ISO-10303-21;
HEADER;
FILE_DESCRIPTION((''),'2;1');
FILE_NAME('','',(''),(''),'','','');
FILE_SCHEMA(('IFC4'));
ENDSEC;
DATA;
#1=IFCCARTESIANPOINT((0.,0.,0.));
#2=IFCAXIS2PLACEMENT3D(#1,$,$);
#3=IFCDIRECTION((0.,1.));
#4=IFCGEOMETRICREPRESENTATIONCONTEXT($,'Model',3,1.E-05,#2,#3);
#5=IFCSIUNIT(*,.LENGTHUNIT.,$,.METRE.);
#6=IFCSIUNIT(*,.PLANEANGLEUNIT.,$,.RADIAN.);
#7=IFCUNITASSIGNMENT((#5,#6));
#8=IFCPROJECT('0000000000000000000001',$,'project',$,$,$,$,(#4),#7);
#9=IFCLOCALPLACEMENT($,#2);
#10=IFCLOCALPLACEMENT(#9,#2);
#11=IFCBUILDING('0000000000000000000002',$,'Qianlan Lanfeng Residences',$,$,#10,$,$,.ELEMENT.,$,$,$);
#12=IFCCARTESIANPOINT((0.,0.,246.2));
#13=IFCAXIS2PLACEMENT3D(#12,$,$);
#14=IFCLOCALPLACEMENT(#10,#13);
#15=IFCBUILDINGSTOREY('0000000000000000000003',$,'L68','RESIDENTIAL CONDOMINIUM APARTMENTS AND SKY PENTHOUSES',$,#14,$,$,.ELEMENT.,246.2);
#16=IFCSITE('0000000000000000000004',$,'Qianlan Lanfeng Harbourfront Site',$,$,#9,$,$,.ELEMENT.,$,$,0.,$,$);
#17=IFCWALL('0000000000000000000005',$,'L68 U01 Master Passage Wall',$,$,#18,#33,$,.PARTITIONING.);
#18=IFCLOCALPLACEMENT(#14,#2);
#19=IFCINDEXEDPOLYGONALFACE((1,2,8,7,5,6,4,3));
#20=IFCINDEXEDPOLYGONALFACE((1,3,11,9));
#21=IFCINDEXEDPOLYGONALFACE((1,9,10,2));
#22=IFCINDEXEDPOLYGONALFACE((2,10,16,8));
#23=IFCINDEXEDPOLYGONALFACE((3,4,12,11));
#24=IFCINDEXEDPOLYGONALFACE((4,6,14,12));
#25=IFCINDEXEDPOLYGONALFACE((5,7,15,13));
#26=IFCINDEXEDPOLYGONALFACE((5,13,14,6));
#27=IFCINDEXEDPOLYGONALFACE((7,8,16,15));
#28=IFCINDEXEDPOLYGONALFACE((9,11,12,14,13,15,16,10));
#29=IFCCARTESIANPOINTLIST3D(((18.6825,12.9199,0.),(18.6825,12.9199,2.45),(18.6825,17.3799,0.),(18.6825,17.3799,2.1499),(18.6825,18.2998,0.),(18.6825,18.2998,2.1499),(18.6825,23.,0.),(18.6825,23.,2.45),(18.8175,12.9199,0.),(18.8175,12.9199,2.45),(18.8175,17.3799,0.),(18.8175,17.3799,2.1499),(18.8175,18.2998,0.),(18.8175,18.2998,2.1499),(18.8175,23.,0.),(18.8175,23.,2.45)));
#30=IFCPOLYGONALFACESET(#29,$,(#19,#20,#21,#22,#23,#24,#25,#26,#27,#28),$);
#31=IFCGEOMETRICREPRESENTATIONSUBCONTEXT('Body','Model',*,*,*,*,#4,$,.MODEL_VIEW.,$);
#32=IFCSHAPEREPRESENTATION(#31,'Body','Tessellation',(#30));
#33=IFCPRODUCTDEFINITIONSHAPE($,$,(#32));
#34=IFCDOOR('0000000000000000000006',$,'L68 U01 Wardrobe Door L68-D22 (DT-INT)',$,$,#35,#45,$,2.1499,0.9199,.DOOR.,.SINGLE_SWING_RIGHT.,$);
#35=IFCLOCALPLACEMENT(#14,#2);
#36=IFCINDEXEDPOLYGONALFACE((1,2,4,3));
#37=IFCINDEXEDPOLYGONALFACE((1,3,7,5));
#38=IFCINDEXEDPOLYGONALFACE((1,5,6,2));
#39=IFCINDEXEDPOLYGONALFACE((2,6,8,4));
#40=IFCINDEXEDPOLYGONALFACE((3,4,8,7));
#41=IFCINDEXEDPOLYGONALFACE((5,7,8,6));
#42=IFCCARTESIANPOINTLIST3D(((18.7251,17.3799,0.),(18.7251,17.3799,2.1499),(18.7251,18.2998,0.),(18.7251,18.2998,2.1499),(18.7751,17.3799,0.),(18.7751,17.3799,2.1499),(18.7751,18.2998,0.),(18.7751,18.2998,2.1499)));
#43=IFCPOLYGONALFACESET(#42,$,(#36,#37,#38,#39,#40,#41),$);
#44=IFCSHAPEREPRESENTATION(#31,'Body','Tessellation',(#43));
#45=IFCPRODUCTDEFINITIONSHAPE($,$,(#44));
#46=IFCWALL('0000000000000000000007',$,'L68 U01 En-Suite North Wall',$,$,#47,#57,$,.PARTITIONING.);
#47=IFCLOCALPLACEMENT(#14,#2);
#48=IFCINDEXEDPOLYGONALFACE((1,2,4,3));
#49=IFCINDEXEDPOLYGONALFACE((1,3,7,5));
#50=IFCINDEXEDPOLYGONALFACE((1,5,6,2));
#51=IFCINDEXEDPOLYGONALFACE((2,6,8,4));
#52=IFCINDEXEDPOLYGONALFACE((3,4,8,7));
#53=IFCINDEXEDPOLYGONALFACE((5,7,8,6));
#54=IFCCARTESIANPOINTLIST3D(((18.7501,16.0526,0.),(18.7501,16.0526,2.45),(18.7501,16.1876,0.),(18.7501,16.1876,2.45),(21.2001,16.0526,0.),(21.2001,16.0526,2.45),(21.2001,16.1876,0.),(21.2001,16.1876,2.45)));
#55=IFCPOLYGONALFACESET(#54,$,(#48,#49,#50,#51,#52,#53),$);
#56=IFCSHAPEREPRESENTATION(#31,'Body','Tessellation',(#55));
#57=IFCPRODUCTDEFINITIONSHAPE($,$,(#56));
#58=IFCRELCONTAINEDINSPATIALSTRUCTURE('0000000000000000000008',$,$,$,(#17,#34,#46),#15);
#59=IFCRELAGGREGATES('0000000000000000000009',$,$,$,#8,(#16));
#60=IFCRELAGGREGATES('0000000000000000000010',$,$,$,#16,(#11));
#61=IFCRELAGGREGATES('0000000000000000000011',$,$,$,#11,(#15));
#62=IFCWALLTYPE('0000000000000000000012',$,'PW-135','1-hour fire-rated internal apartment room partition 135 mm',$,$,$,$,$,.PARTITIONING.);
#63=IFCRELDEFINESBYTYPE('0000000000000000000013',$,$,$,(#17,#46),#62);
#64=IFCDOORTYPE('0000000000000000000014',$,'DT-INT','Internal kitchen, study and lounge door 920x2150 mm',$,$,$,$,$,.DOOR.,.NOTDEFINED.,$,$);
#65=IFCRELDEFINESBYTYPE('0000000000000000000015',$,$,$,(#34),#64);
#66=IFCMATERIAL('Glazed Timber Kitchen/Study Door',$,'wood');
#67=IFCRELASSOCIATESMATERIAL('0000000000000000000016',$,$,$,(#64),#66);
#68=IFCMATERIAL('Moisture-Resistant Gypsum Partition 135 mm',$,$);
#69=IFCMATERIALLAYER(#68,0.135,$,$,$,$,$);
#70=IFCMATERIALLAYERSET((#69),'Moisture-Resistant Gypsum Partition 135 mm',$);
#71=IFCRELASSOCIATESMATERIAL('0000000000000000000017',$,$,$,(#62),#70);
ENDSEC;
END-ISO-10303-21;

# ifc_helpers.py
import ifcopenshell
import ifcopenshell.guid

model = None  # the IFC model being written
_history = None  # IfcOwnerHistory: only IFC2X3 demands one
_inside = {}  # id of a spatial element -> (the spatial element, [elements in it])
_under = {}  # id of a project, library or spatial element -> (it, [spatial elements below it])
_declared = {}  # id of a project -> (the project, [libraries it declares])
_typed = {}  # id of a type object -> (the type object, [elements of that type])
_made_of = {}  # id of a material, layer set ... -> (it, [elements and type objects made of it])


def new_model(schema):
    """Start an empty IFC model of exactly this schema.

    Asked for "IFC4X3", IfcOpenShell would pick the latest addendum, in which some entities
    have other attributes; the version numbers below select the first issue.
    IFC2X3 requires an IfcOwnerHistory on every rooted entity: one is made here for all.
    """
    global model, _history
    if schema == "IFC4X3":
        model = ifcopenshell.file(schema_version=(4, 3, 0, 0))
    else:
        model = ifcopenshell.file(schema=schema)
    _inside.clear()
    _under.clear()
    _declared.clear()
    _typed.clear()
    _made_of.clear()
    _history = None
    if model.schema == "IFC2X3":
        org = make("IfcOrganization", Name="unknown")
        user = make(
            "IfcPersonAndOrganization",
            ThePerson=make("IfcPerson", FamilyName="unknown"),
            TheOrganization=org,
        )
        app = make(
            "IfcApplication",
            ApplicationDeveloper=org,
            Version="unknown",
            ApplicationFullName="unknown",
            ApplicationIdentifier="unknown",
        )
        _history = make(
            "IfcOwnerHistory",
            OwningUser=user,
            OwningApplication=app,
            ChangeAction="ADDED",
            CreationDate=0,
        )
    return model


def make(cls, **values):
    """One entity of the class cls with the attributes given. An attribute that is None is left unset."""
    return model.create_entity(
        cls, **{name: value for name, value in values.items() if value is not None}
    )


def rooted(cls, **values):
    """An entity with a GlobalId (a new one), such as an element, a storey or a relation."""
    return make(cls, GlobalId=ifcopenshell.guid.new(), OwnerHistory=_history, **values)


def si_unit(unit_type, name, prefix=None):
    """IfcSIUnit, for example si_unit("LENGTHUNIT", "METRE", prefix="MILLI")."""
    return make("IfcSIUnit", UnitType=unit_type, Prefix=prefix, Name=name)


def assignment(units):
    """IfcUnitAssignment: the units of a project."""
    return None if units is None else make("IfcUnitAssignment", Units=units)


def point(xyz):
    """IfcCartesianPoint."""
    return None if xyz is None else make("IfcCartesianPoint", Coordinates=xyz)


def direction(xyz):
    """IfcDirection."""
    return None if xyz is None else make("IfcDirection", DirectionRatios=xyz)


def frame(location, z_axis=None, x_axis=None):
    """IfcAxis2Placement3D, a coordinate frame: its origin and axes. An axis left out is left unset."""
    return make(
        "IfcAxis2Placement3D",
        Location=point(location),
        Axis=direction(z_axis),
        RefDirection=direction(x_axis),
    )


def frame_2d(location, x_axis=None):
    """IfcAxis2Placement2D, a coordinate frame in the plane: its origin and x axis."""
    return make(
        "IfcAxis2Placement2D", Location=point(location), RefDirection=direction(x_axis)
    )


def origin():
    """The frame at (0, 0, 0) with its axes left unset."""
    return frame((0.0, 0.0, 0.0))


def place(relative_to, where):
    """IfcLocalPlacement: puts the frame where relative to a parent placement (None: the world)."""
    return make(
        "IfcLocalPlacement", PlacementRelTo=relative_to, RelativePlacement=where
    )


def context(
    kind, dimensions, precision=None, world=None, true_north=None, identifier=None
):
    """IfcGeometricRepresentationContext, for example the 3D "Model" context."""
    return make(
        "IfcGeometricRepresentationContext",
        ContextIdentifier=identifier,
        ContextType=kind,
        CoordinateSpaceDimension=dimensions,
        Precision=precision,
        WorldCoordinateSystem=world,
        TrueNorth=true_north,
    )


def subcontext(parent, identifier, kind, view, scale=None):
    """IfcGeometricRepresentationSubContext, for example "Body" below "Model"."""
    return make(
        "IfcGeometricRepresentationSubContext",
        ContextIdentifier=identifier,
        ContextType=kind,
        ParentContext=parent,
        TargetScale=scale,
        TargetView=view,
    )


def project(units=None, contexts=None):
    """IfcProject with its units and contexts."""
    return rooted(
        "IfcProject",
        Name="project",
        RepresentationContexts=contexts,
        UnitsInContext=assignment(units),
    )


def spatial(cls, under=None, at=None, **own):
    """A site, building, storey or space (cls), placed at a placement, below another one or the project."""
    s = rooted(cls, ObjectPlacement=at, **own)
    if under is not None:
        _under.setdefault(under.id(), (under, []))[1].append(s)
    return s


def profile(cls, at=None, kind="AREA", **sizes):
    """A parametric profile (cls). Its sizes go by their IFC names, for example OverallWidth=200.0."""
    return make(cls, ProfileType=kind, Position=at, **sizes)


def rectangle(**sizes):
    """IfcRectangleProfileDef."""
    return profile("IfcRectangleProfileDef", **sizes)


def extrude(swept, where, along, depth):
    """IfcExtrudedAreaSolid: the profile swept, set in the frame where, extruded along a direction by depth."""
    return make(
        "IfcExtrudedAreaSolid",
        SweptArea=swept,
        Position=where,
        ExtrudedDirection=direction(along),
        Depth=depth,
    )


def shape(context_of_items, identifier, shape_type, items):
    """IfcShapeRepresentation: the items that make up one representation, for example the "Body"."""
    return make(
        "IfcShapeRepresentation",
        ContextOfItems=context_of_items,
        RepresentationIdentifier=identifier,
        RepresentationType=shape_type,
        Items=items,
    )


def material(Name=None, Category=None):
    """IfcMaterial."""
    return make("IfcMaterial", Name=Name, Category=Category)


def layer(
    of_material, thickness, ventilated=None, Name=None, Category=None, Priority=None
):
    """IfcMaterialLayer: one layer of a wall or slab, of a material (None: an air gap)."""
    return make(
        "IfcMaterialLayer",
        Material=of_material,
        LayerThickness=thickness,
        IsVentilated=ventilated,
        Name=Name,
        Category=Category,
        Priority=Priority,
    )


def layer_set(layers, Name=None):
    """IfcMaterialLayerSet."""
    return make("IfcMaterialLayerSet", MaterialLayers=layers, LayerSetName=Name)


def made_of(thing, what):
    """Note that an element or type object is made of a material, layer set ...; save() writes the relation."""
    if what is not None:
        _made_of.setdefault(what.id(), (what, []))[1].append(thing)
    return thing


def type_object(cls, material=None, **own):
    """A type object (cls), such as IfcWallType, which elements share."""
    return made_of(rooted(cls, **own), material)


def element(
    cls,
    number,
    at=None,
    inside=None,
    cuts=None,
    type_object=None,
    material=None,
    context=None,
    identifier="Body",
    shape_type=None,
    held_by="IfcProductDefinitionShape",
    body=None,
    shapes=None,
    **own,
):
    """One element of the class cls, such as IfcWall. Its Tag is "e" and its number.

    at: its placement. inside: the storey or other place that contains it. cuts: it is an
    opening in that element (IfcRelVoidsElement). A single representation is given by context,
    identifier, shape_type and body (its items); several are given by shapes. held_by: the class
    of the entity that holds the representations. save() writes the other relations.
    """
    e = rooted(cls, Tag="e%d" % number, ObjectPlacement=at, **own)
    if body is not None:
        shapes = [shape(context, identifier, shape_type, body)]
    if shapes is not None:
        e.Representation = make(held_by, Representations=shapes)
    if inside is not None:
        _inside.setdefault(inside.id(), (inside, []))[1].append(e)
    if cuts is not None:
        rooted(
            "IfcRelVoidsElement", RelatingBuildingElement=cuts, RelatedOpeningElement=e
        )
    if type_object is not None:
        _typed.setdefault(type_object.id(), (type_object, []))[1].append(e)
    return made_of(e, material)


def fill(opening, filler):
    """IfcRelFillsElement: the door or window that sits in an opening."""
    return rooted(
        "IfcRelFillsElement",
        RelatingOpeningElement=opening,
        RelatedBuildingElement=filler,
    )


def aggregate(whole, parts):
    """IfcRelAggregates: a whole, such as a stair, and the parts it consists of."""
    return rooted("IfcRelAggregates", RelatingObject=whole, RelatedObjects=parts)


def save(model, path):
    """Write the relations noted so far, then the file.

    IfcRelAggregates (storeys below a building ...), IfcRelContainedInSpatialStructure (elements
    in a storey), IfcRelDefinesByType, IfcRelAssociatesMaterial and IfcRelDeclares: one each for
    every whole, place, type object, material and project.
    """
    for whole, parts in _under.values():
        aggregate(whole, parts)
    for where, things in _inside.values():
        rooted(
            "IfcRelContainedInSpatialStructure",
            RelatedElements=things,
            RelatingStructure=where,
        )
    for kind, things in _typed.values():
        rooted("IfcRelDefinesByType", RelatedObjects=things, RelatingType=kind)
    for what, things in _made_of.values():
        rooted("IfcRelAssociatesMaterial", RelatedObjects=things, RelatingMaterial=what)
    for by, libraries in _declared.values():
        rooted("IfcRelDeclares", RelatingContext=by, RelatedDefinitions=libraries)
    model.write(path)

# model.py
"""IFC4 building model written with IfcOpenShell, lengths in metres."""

from ifc_helpers import new_model, si_unit, direction, frame, frame_2d, origin, place, context, subcontext, project, spatial, rectangle, extrude, material, layer, layer_set, type_object, element, fill, save


model = new_model("IFC4")

# Units and contexts
model_context = context("Model", 3, precision=1e-05, world=origin(), true_north=direction((0.0, 1.0)))
body_context = subcontext(model_context, "Body", "Model", "MODEL_VIEW")
ifc_project = project(units=[si_unit("LENGTHUNIT", "METRE"), si_unit("PLANEANGLEUNIT", "RADIAN")], contexts=[model_context])

# Site, building, storey
site_placement = place(None, origin())
site = spatial("IfcSite", under=ifc_project, at=site_placement, Name="Qianlan Lanfeng Harbourfront Site", CompositionType="ELEMENT", RefElevation=0.0)
building_placement = place(site_placement, origin())
building = spatial("IfcBuilding", under=site, at=building_placement, Name="Qianlan Lanfeng Residences", CompositionType="ELEMENT")
storey_placement = place(building_placement, frame((0.0, 0.0, 246.2)))
storey = spatial("IfcBuildingStorey", under=building, at=storey_placement, Name="L68", Description="RESIDENTIAL CONDOMINIUM APARTMENTS AND SKY PENTHOUSES", CompositionType="ELEMENT", Elevation=246.2)

# Shared definitions
ifc_material_1 = material(Name="Glazed Timber Kitchen/Study Door", Category="wood")
door_type_1 = type_object("IfcDoorType", Name="DT-INT", Description="Internal kitchen, study and lounge door 920x2150 mm", OperationType="NOTDEFINED", PredefinedType="DOOR", material=ifc_material_1)

# Shared definitions
ifc_material_2 = material(Name="Moisture-Resistant Gypsum Partition 135 mm")
ifc_layer_1 = layer(ifc_material_2, 0.135)
ifc_layer_set_1 = layer_set([ifc_layer_1], Name="Moisture-Resistant Gypsum Partition 135 mm")
wall_type_1 = type_object("IfcWallType", Name="PW-135", Description="1-hour fire-rated internal apartment room partition 135 mm", PredefinedType="PARTITIONING", material=ifc_layer_set_1)

# Wall, opening, door
wall_1_placement = place(storey_placement, frame((18.75, 12.9199, 0.0), z_axis=(0.0, 0.0, 1.0), x_axis=(0.0, 1.0, 0.0)))
wall_1 = element("IfcWall", 1, at=wall_1_placement, inside=storey, type_object=wall_type_1, Name="L68 U01 Master Passage Wall", PredefinedType="PARTITIONING", context=body_context, shape_type="SweptSolid", body=[
    extrude(rectangle(XDim=10.0801, YDim=0.135, at=frame_2d((5.04, 0.0))), origin(), (0.0, 0.0, 1.0), 2.45),
])
opening_1_placement = place(wall_1_placement, frame((4.46, 0.0, 0.0)))
opening_1 = element("IfcOpeningElement", 2, at=opening_1_placement, cuts=wall_1, PredefinedType="OPENING", context=body_context, shape_type="SweptSolid", body=[
    extrude(rectangle(XDim=0.9199, YDim=2.1499, at=frame_2d((0.46, 1.075))), frame((0.0, 0.0776, 0.0), z_axis=(0.0, -1.0, 0.0), x_axis=(1.0, 0.0, 0.0)), (0.0, 0.0, 1.0), 0.155),
])
door_1_placement = place(opening_1_placement, origin())
door_1 = element("IfcDoor", 3, at=door_1_placement, inside=storey, type_object=door_type_1, Name="L68 U01 Wardrobe Door L68-D22 (DT-INT)", OperationType="SINGLE_SWING_RIGHT", OverallHeight=2.1499, OverallWidth=0.9199, PredefinedType="DOOR", context=body_context, shape_type="SweptSolid", body=[
    extrude(rectangle(XDim=0.9199, YDim=2.1499, at=frame_2d((0.46, 1.075))), frame((0.0, 0.0249, 0.0), z_axis=(0.0, -1.0, 0.0), x_axis=(1.0, 0.0, 0.0)), (0.0, 0.0, 1.0), 0.05),
])
fill(opening_1, door_1)

# Wall
wall_2_placement = place(storey_placement, frame((18.75, 16.1201, 0.0), z_axis=(0.0, 0.0, 1.0), x_axis=(1.0, 0.0, 0.0)))
element("IfcWall", 4, at=wall_2_placement, inside=storey, type_object=wall_type_1, Name="L68 U01 En-Suite North Wall", PredefinedType="PARTITIONING", context=body_context, shape_type="SweptSolid", body=[
    extrude(rectangle(XDim=2.45, YDim=0.135, at=frame_2d((1.2251, 0.0))), origin(), (0.0, 0.0, 1.0), 2.45),
])

save(model, "model.ifc")
